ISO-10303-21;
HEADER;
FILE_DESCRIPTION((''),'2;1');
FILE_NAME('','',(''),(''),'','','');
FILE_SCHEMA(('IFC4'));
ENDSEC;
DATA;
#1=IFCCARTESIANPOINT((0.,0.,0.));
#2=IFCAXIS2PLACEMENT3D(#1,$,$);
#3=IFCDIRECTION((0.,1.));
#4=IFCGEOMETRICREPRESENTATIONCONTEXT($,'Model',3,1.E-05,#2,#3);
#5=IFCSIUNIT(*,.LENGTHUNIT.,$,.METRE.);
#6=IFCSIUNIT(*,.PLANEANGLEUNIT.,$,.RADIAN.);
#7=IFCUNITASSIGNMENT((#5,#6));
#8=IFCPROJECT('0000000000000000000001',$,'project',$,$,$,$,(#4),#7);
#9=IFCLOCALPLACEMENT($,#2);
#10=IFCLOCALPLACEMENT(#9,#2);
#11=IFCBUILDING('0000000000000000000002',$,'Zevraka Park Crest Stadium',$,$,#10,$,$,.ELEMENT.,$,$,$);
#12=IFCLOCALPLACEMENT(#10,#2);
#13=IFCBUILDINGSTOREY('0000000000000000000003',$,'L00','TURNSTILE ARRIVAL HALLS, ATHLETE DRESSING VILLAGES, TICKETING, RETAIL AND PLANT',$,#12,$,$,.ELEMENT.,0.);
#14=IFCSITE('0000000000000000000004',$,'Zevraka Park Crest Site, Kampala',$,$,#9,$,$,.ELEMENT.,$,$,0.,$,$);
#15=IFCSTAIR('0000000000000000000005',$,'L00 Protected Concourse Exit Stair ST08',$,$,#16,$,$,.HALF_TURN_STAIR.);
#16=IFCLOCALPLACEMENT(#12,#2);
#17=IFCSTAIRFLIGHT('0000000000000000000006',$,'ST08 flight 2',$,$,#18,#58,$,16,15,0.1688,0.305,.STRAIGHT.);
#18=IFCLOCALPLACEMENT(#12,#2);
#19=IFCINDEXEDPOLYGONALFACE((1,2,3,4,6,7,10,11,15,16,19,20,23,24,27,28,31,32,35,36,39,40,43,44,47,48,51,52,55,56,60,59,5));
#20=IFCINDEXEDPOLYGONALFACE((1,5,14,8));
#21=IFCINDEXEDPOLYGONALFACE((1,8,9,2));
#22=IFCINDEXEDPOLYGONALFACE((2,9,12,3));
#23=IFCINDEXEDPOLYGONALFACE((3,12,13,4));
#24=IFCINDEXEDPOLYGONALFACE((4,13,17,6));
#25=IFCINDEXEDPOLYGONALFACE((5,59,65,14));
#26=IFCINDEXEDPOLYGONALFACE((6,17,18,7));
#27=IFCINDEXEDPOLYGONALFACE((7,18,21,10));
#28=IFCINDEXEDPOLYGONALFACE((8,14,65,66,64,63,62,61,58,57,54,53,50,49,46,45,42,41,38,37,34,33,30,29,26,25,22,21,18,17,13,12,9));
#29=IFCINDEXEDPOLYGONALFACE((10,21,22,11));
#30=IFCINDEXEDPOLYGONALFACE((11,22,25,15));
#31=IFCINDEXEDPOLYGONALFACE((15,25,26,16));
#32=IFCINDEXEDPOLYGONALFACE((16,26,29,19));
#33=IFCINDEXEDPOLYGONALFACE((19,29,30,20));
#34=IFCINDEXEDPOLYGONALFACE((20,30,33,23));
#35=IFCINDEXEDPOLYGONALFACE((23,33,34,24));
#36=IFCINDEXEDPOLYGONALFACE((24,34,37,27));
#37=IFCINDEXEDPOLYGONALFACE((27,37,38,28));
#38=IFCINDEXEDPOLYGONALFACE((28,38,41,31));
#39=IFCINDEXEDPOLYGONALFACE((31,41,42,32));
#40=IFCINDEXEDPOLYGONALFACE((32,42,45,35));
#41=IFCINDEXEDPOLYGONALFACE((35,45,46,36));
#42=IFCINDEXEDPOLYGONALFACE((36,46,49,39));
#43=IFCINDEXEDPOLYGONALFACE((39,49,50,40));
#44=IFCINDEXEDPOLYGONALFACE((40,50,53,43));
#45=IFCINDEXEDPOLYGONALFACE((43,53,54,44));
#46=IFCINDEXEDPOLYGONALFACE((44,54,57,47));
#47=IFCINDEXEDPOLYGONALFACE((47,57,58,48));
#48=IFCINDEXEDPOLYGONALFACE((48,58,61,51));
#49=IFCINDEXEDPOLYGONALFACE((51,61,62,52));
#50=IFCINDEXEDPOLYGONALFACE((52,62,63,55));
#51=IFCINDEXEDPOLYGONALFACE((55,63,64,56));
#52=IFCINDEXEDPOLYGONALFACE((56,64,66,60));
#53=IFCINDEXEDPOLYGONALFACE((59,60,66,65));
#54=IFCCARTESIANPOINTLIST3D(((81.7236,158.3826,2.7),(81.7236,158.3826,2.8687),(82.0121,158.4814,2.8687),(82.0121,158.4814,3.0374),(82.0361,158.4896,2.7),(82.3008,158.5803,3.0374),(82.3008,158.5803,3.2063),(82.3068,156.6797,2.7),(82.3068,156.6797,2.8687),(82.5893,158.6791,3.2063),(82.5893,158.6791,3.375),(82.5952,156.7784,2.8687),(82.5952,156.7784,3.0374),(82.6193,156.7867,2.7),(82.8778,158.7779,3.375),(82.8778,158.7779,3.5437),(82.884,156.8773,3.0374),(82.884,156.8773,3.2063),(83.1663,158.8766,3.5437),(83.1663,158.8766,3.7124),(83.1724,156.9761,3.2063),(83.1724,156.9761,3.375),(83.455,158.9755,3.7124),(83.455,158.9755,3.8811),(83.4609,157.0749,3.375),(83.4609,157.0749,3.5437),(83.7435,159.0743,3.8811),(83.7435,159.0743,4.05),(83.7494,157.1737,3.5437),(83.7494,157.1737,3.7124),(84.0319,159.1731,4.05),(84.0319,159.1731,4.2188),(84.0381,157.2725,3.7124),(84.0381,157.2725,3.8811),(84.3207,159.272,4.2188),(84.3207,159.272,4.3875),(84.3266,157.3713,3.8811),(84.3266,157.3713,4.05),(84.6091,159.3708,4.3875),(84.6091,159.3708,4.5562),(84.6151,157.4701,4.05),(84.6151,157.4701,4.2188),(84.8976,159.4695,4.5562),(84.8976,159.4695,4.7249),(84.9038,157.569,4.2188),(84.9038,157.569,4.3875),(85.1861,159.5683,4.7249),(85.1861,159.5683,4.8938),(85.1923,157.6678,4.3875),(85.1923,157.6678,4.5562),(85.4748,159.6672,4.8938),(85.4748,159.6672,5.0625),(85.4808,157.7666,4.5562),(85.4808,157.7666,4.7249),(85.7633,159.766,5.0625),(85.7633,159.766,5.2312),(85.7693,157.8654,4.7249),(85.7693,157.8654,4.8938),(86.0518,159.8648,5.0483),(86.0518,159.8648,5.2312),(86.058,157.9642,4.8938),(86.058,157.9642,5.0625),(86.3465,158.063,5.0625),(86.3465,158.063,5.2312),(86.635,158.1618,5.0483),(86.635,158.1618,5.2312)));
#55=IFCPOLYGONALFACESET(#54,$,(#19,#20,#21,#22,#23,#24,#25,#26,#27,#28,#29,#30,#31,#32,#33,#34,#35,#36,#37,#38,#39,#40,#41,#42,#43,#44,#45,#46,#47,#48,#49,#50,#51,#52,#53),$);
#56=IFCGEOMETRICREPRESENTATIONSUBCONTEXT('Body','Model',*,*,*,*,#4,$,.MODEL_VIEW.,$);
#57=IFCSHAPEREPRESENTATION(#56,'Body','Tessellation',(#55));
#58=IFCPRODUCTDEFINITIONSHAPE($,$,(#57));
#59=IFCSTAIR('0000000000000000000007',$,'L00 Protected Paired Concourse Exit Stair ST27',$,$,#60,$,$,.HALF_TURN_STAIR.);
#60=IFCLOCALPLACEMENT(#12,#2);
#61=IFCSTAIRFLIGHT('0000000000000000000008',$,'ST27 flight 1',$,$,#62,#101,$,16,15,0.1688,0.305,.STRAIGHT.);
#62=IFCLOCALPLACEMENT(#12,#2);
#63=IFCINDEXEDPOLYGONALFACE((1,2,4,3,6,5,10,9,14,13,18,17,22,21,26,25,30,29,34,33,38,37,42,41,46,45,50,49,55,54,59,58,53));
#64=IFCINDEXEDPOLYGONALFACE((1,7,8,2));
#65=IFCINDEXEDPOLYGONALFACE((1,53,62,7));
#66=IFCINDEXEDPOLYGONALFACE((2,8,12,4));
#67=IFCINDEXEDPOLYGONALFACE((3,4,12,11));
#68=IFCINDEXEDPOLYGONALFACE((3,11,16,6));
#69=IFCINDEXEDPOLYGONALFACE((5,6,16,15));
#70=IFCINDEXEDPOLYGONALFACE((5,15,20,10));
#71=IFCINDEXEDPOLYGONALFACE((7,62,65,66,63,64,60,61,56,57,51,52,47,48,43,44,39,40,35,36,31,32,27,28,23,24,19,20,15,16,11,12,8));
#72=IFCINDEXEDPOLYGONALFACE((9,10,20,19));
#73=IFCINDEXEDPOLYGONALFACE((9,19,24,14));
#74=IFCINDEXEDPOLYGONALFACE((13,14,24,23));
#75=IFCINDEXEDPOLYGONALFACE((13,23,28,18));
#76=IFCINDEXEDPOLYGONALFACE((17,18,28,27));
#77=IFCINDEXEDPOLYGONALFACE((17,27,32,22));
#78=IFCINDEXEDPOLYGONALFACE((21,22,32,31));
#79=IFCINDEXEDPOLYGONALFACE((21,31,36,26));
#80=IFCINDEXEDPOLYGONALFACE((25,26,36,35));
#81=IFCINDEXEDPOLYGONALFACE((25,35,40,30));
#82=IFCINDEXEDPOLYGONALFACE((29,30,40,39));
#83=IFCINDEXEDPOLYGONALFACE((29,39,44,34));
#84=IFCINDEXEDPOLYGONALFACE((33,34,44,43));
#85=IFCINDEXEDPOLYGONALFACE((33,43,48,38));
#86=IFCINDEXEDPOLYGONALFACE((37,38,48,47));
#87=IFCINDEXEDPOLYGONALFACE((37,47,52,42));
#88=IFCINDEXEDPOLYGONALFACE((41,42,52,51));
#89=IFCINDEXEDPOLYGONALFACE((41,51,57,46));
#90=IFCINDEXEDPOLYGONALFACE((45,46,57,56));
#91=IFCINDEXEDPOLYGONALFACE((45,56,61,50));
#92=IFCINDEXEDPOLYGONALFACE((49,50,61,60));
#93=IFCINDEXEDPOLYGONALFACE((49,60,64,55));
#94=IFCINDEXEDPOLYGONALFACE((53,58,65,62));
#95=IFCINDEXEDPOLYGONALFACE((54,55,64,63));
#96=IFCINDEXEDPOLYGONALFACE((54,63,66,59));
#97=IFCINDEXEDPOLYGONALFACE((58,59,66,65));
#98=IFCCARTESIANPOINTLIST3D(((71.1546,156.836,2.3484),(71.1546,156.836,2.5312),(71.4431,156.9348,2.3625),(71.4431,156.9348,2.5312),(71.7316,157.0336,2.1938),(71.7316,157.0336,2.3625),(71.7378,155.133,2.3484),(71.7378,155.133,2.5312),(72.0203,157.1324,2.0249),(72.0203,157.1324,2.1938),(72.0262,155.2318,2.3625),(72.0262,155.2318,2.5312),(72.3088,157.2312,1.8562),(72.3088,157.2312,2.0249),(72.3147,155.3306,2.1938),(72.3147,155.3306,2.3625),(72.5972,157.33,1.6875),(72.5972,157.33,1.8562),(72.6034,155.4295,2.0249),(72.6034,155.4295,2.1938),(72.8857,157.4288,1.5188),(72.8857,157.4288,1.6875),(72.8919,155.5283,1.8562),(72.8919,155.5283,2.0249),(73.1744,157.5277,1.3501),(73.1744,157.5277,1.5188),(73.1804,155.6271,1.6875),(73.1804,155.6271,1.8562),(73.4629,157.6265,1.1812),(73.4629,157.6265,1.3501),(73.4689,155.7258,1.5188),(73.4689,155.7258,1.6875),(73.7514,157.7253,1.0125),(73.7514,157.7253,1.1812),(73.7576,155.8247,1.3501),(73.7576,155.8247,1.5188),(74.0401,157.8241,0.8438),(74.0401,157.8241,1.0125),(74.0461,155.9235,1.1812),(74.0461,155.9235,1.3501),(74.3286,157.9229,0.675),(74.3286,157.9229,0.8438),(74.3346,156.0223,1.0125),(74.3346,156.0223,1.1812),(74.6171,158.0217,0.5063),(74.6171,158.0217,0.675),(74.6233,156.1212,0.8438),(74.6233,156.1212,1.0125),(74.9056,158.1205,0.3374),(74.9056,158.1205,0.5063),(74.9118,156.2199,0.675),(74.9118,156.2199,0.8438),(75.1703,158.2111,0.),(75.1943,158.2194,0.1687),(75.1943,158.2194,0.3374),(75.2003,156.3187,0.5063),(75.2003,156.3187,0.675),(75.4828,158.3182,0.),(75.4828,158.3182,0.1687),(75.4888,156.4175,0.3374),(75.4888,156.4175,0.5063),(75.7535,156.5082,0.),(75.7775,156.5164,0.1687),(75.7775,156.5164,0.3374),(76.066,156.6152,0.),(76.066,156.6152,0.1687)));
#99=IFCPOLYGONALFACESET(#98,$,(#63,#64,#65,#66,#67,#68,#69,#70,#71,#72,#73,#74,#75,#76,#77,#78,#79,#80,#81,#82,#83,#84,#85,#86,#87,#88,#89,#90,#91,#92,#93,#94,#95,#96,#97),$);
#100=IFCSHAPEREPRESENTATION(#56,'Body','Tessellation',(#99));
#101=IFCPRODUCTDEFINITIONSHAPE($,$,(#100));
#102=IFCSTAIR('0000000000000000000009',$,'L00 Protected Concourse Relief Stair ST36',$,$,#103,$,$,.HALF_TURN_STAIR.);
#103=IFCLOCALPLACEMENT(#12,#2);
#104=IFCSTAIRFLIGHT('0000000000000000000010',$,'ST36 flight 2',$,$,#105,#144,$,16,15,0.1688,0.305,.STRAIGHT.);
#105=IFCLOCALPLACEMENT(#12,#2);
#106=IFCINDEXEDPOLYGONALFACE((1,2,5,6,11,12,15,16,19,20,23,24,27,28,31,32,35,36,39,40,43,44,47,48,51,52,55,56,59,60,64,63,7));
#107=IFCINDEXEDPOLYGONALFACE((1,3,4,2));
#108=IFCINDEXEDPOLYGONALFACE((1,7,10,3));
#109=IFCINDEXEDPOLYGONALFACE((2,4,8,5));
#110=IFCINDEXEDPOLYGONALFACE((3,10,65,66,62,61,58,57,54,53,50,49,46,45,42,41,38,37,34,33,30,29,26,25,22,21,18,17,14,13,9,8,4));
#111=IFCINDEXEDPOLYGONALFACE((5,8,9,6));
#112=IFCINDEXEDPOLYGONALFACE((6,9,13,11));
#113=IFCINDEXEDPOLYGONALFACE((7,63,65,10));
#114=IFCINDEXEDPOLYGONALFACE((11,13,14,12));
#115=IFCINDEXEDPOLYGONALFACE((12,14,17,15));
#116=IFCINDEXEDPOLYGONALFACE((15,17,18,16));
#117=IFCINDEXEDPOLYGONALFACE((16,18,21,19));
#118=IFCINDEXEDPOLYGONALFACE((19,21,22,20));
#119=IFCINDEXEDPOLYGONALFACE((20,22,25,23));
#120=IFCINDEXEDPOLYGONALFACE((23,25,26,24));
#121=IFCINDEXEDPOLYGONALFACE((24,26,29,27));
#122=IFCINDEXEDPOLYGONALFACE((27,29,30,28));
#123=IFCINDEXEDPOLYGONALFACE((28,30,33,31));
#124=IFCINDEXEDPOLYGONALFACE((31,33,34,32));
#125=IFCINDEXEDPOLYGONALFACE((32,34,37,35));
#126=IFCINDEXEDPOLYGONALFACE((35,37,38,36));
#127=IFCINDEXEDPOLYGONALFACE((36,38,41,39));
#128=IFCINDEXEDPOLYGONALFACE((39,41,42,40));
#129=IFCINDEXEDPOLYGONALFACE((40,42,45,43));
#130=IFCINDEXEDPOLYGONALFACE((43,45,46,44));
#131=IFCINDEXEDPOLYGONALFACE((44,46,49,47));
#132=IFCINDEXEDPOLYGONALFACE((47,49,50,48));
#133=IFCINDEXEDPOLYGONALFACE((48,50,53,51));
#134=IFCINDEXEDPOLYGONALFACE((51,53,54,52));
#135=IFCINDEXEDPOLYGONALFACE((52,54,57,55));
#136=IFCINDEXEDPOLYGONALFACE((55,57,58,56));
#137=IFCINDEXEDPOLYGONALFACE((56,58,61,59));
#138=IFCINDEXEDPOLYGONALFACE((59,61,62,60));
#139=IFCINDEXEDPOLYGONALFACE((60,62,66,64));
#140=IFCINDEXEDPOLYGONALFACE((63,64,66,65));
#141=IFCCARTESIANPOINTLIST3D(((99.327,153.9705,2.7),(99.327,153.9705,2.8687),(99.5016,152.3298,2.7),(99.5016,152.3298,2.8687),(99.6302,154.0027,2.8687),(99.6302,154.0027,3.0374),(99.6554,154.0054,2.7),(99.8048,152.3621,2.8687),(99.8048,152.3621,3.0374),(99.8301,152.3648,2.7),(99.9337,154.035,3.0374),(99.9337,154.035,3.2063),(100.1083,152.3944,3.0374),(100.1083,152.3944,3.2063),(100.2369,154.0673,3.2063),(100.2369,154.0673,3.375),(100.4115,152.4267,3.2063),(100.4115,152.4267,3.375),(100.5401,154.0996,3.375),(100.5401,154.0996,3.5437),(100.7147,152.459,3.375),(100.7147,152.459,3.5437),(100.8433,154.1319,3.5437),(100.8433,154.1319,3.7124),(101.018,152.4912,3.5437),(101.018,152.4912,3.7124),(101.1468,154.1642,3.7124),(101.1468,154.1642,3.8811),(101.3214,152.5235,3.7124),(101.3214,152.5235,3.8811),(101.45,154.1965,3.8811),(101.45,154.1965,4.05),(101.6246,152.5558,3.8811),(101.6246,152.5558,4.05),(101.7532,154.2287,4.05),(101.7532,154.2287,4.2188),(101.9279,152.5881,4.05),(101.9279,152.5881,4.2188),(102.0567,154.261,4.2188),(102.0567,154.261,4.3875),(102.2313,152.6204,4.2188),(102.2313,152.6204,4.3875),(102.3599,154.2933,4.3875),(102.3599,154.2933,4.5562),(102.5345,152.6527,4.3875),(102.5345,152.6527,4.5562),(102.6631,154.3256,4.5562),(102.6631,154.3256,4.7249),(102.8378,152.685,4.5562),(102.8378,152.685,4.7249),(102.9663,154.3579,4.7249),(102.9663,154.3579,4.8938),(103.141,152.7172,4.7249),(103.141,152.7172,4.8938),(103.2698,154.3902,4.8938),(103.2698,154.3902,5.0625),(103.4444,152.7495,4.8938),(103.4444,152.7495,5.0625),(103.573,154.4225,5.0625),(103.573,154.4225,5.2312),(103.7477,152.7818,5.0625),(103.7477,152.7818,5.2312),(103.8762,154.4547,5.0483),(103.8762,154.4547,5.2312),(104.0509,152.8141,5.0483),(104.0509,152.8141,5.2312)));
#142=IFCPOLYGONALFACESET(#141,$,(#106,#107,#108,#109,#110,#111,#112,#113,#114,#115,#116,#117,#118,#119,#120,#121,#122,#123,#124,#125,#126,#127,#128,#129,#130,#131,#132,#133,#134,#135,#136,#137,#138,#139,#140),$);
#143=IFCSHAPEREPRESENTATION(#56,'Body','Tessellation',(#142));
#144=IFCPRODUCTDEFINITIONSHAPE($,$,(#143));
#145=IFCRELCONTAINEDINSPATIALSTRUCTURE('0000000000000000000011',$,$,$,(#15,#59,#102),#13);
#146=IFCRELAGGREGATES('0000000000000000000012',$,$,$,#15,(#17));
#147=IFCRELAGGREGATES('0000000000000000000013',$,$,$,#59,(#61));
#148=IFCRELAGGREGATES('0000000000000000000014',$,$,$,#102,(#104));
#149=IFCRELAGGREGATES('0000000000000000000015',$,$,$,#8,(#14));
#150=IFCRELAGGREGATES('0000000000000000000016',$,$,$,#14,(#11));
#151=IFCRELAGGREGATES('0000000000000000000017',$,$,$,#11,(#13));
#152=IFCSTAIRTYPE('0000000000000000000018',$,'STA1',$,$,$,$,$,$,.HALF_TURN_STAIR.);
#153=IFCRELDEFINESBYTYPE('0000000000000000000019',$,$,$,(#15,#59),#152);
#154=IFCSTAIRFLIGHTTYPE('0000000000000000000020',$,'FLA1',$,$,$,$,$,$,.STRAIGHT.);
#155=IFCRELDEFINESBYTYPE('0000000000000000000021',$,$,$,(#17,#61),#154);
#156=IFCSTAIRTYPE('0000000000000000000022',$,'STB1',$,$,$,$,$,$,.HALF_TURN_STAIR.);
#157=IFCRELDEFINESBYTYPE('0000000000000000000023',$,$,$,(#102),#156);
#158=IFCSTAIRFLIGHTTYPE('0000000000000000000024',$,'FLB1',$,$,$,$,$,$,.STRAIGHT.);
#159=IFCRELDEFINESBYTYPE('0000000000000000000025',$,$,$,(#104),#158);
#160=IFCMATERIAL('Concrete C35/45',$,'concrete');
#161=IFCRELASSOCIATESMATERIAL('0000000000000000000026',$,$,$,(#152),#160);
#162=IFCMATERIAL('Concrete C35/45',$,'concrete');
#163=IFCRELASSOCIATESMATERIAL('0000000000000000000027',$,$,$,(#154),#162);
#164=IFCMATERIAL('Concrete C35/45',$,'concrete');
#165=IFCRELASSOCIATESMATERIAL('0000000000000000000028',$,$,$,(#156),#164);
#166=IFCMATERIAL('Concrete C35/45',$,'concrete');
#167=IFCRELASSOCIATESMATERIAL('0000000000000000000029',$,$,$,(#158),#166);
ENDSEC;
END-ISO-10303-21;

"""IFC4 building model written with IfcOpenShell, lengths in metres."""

from ifc_helpers import new_model, si_unit, direction, frame, origin, place, context, subcontext, project, spatial, polyline, outline, extrude, material, type_object, element, aggregate, save


model = new_model("IFC4")

# Units and contexts
model_context = context("Model", 3, precision=1e-05, world=origin(), true_north=direction((0.0, 1.0)))
body_context = subcontext(model_context, "Body", "Model", "MODEL_VIEW")
ifc_project = project(units=[si_unit("LENGTHUNIT", "METRE"), si_unit("PLANEANGLEUNIT", "RADIAN")], contexts=[model_context])

# Site, building, storey
site_placement = place(None, origin())
site = spatial("IfcSite", under=ifc_project, at=site_placement, Name="Zevraka Park Crest Site, Kampala", CompositionType="ELEMENT", RefElevation=0.0)
building_placement = place(site_placement, origin())
building = spatial("IfcBuilding", under=site, at=building_placement, Name="Zevraka Park Crest Stadium", CompositionType="ELEMENT")
storey_placement = place(building_placement, origin())
storey = spatial("IfcBuildingStorey", under=building, at=storey_placement, Name="L00", Description="TURNSTILE ARRIVAL HALLS, ATHLETE DRESSING VILLAGES, TICKETING, RETAIL AND PLANT", CompositionType="ELEMENT", Elevation=0.0)

# Stairs, stair flights
ifc_material_1 = material(Name="Concrete C35/45", Category="concrete")
stair_type_1 = type_object("IfcStairType", Name="STA1", PredefinedType="HALF_TURN_STAIR", material=ifc_material_1)
stair_1_placement = place(storey_placement, origin())
stair_1 = element("IfcStair", 1, at=stair_1_placement, inside=storey, type_object=stair_type_1, Name="L00 Protected Concourse Exit Stair ST08", PredefinedType="HALF_TURN_STAIR")
ifc_material_2 = material(Name="Concrete C35/45", Category="concrete")
stair_flight_type_1 = type_object("IfcStairFlightType", Name="FLA1", PredefinedType="STRAIGHT", material=ifc_material_2)
stair_flight_1_placement = place(storey_placement, frame((82.0151, 157.5312, 2.7), z_axis=(0.0, 0.0, 1.0), x_axis=(0.946066, 0.323974, 0.0)))
stair_flight_1 = element("IfcStairFlight", 2, at=stair_flight_1_placement, type_object=stair_flight_type_1, Name="ST08 flight 2", NumberOfRisers=16, NumberOfTreads=15, PredefinedType="STRAIGHT", RiserHeight=0.1688, TreadLength=0.305, context=body_context, shape_type="SweptSolid", body=[
    extrude(outline(polyline([(0.0, 0.0), (0.0, 0.1687), (0.3049, 0.1687), (0.3049, 0.3374), (0.6101, 0.3374), (0.6101, 0.5063), (0.915, 0.5063), (0.915, 0.675), (1.22, 0.675), (1.22, 0.8438), (1.5249, 0.8438), (1.5249, 1.0125), (1.8301, 1.0125), (1.8301, 1.1812), (2.135, 1.1812), (2.135, 1.3501), (2.4399, 1.3501), (2.4399, 1.5188), (2.7451, 1.5188), (2.7451, 1.6875), (3.05, 1.6875), (3.05, 1.8562), (3.355, 1.8562), (3.355, 2.0249), (3.6599, 2.0249), (3.6599, 2.1938), (3.9651, 2.1938), (3.9651, 2.3625), (4.27, 2.3625), (4.27, 2.5312), (4.575, 2.5312), (4.575, 2.7), (4.575, 2.3484), (0.3303, 0.0), (0.0, 0.0)])), frame((0.0, 0.8999, 0.0), z_axis=(0.0, -1.0, 0.0), x_axis=(1.0, 0.0, 0.0)), (0.0, 0.0, 1.0), 1.8),
])
aggregate(stair_1, [stair_flight_1])
stair_2_placement = place(storey_placement, origin())
stair_2 = element("IfcStair", 3, at=stair_2_placement, inside=storey, type_object=stair_type_1, Name="L00 Protected Paired Concourse Exit Stair ST27", PredefinedType="HALF_TURN_STAIR")
stair_flight_2_placement = place(storey_placement, frame((75.7744, 157.4666, 0.0), z_axis=(0.0, 0.0, 1.0), x_axis=(-0.946066, -0.323974, 0.0)))
stair_flight_2 = element("IfcStairFlight", 4, at=stair_flight_2_placement, type_object=stair_flight_type_1, Name="ST27 flight 1", NumberOfRisers=16, NumberOfTreads=15, PredefinedType="STRAIGHT", RiserHeight=0.1688, TreadLength=0.305, context=body_context, shape_type="SweptSolid", body=[
    extrude(outline(polyline([(0.0, 0.0), (0.0, 0.1687), (0.3049, 0.1687), (0.3049, 0.3374), (0.6101, 0.3374), (0.6101, 0.5063), (0.915, 0.5063), (0.915, 0.675), (1.22, 0.675), (1.22, 0.8438), (1.5249, 0.8438), (1.5249, 1.0125), (1.8301, 1.0125), (1.8301, 1.1812), (2.135, 1.1812), (2.135, 1.3501), (2.4399, 1.3501), (2.4399, 1.5188), (2.7451, 1.5188), (2.7451, 1.6875), (3.05, 1.6875), (3.05, 1.8562), (3.355, 1.8562), (3.355, 2.0249), (3.6599, 2.0249), (3.6599, 2.1938), (3.9651, 2.1938), (3.9651, 2.3625), (4.27, 2.3625), (4.27, 2.5312), (4.575, 2.5312), (4.575, 2.7), (4.575, 2.3484), (0.3303, 0.0), (0.0, 0.0)])), frame((0.0, 0.8999, 0.0), z_axis=(0.0, -1.0, 0.0), x_axis=(1.0, 0.0, 0.0)), (0.0, 0.0, 1.0), 1.8),
])
aggregate(stair_2, [stair_flight_2])
ifc_material_3 = material(Name="Concrete C35/45", Category="concrete")
stair_type_2 = type_object("IfcStairType", Name="STB1", PredefinedType="HALF_TURN_STAIR", material=ifc_material_3)
stair_3_placement = place(storey_placement, origin())
stair_3 = element("IfcStair", 5, at=stair_3_placement, inside=storey, type_object=stair_type_2, Name="L00 Protected Concourse Relief Stair ST36", PredefinedType="HALF_TURN_STAIR")
ifc_material_4 = material(Name="Concrete C35/45", Category="concrete")
stair_flight_type_2 = type_object("IfcStairFlightType", Name="FLB1", PredefinedType="STRAIGHT", material=ifc_material_4)
stair_flight_3_placement = place(storey_placement, frame((99.4143, 153.1501, 2.7), z_axis=(0.0, 0.0, 1.0), x_axis=(0.994382, 0.105853, 0.0)))
stair_flight_3 = element("IfcStairFlight", 6, at=stair_flight_3_placement, type_object=stair_flight_type_2, Name="ST36 flight 2", NumberOfRisers=16, NumberOfTreads=15, PredefinedType="STRAIGHT", RiserHeight=0.1688, TreadLength=0.305, context=body_context, shape_type="SweptSolid", body=[
    extrude(outline(polyline([(0.0, 0.0), (0.0, 0.1687), (0.3049, 0.1687), (0.3049, 0.3374), (0.6101, 0.3374), (0.6101, 0.5063), (0.915, 0.5063), (0.915, 0.675), (1.22, 0.675), (1.22, 0.8438), (1.5249, 0.8438), (1.5249, 1.0125), (1.8301, 1.0125), (1.8301, 1.1812), (2.135, 1.1812), (2.135, 1.3501), (2.4399, 1.3501), (2.4399, 1.5188), (2.7451, 1.5188), (2.7451, 1.6875), (3.05, 1.6875), (3.05, 1.8562), (3.355, 1.8562), (3.355, 2.0249), (3.6599, 2.0249), (3.6599, 2.1938), (3.9651, 2.1938), (3.9651, 2.3625), (4.27, 2.3625), (4.27, 2.5312), (4.575, 2.5312), (4.575, 2.7), (4.575, 2.3484), (0.3303, 0.0), (0.0, 0.0)])), frame((0.0, 0.825, 0.0), z_axis=(0.0, -1.0, 0.0), x_axis=(1.0, 0.0, 0.0)), (0.0, 0.0, 1.0), 1.6499),
])
aggregate(stair_3, [stair_flight_3])

save(model, "model.ifc")
